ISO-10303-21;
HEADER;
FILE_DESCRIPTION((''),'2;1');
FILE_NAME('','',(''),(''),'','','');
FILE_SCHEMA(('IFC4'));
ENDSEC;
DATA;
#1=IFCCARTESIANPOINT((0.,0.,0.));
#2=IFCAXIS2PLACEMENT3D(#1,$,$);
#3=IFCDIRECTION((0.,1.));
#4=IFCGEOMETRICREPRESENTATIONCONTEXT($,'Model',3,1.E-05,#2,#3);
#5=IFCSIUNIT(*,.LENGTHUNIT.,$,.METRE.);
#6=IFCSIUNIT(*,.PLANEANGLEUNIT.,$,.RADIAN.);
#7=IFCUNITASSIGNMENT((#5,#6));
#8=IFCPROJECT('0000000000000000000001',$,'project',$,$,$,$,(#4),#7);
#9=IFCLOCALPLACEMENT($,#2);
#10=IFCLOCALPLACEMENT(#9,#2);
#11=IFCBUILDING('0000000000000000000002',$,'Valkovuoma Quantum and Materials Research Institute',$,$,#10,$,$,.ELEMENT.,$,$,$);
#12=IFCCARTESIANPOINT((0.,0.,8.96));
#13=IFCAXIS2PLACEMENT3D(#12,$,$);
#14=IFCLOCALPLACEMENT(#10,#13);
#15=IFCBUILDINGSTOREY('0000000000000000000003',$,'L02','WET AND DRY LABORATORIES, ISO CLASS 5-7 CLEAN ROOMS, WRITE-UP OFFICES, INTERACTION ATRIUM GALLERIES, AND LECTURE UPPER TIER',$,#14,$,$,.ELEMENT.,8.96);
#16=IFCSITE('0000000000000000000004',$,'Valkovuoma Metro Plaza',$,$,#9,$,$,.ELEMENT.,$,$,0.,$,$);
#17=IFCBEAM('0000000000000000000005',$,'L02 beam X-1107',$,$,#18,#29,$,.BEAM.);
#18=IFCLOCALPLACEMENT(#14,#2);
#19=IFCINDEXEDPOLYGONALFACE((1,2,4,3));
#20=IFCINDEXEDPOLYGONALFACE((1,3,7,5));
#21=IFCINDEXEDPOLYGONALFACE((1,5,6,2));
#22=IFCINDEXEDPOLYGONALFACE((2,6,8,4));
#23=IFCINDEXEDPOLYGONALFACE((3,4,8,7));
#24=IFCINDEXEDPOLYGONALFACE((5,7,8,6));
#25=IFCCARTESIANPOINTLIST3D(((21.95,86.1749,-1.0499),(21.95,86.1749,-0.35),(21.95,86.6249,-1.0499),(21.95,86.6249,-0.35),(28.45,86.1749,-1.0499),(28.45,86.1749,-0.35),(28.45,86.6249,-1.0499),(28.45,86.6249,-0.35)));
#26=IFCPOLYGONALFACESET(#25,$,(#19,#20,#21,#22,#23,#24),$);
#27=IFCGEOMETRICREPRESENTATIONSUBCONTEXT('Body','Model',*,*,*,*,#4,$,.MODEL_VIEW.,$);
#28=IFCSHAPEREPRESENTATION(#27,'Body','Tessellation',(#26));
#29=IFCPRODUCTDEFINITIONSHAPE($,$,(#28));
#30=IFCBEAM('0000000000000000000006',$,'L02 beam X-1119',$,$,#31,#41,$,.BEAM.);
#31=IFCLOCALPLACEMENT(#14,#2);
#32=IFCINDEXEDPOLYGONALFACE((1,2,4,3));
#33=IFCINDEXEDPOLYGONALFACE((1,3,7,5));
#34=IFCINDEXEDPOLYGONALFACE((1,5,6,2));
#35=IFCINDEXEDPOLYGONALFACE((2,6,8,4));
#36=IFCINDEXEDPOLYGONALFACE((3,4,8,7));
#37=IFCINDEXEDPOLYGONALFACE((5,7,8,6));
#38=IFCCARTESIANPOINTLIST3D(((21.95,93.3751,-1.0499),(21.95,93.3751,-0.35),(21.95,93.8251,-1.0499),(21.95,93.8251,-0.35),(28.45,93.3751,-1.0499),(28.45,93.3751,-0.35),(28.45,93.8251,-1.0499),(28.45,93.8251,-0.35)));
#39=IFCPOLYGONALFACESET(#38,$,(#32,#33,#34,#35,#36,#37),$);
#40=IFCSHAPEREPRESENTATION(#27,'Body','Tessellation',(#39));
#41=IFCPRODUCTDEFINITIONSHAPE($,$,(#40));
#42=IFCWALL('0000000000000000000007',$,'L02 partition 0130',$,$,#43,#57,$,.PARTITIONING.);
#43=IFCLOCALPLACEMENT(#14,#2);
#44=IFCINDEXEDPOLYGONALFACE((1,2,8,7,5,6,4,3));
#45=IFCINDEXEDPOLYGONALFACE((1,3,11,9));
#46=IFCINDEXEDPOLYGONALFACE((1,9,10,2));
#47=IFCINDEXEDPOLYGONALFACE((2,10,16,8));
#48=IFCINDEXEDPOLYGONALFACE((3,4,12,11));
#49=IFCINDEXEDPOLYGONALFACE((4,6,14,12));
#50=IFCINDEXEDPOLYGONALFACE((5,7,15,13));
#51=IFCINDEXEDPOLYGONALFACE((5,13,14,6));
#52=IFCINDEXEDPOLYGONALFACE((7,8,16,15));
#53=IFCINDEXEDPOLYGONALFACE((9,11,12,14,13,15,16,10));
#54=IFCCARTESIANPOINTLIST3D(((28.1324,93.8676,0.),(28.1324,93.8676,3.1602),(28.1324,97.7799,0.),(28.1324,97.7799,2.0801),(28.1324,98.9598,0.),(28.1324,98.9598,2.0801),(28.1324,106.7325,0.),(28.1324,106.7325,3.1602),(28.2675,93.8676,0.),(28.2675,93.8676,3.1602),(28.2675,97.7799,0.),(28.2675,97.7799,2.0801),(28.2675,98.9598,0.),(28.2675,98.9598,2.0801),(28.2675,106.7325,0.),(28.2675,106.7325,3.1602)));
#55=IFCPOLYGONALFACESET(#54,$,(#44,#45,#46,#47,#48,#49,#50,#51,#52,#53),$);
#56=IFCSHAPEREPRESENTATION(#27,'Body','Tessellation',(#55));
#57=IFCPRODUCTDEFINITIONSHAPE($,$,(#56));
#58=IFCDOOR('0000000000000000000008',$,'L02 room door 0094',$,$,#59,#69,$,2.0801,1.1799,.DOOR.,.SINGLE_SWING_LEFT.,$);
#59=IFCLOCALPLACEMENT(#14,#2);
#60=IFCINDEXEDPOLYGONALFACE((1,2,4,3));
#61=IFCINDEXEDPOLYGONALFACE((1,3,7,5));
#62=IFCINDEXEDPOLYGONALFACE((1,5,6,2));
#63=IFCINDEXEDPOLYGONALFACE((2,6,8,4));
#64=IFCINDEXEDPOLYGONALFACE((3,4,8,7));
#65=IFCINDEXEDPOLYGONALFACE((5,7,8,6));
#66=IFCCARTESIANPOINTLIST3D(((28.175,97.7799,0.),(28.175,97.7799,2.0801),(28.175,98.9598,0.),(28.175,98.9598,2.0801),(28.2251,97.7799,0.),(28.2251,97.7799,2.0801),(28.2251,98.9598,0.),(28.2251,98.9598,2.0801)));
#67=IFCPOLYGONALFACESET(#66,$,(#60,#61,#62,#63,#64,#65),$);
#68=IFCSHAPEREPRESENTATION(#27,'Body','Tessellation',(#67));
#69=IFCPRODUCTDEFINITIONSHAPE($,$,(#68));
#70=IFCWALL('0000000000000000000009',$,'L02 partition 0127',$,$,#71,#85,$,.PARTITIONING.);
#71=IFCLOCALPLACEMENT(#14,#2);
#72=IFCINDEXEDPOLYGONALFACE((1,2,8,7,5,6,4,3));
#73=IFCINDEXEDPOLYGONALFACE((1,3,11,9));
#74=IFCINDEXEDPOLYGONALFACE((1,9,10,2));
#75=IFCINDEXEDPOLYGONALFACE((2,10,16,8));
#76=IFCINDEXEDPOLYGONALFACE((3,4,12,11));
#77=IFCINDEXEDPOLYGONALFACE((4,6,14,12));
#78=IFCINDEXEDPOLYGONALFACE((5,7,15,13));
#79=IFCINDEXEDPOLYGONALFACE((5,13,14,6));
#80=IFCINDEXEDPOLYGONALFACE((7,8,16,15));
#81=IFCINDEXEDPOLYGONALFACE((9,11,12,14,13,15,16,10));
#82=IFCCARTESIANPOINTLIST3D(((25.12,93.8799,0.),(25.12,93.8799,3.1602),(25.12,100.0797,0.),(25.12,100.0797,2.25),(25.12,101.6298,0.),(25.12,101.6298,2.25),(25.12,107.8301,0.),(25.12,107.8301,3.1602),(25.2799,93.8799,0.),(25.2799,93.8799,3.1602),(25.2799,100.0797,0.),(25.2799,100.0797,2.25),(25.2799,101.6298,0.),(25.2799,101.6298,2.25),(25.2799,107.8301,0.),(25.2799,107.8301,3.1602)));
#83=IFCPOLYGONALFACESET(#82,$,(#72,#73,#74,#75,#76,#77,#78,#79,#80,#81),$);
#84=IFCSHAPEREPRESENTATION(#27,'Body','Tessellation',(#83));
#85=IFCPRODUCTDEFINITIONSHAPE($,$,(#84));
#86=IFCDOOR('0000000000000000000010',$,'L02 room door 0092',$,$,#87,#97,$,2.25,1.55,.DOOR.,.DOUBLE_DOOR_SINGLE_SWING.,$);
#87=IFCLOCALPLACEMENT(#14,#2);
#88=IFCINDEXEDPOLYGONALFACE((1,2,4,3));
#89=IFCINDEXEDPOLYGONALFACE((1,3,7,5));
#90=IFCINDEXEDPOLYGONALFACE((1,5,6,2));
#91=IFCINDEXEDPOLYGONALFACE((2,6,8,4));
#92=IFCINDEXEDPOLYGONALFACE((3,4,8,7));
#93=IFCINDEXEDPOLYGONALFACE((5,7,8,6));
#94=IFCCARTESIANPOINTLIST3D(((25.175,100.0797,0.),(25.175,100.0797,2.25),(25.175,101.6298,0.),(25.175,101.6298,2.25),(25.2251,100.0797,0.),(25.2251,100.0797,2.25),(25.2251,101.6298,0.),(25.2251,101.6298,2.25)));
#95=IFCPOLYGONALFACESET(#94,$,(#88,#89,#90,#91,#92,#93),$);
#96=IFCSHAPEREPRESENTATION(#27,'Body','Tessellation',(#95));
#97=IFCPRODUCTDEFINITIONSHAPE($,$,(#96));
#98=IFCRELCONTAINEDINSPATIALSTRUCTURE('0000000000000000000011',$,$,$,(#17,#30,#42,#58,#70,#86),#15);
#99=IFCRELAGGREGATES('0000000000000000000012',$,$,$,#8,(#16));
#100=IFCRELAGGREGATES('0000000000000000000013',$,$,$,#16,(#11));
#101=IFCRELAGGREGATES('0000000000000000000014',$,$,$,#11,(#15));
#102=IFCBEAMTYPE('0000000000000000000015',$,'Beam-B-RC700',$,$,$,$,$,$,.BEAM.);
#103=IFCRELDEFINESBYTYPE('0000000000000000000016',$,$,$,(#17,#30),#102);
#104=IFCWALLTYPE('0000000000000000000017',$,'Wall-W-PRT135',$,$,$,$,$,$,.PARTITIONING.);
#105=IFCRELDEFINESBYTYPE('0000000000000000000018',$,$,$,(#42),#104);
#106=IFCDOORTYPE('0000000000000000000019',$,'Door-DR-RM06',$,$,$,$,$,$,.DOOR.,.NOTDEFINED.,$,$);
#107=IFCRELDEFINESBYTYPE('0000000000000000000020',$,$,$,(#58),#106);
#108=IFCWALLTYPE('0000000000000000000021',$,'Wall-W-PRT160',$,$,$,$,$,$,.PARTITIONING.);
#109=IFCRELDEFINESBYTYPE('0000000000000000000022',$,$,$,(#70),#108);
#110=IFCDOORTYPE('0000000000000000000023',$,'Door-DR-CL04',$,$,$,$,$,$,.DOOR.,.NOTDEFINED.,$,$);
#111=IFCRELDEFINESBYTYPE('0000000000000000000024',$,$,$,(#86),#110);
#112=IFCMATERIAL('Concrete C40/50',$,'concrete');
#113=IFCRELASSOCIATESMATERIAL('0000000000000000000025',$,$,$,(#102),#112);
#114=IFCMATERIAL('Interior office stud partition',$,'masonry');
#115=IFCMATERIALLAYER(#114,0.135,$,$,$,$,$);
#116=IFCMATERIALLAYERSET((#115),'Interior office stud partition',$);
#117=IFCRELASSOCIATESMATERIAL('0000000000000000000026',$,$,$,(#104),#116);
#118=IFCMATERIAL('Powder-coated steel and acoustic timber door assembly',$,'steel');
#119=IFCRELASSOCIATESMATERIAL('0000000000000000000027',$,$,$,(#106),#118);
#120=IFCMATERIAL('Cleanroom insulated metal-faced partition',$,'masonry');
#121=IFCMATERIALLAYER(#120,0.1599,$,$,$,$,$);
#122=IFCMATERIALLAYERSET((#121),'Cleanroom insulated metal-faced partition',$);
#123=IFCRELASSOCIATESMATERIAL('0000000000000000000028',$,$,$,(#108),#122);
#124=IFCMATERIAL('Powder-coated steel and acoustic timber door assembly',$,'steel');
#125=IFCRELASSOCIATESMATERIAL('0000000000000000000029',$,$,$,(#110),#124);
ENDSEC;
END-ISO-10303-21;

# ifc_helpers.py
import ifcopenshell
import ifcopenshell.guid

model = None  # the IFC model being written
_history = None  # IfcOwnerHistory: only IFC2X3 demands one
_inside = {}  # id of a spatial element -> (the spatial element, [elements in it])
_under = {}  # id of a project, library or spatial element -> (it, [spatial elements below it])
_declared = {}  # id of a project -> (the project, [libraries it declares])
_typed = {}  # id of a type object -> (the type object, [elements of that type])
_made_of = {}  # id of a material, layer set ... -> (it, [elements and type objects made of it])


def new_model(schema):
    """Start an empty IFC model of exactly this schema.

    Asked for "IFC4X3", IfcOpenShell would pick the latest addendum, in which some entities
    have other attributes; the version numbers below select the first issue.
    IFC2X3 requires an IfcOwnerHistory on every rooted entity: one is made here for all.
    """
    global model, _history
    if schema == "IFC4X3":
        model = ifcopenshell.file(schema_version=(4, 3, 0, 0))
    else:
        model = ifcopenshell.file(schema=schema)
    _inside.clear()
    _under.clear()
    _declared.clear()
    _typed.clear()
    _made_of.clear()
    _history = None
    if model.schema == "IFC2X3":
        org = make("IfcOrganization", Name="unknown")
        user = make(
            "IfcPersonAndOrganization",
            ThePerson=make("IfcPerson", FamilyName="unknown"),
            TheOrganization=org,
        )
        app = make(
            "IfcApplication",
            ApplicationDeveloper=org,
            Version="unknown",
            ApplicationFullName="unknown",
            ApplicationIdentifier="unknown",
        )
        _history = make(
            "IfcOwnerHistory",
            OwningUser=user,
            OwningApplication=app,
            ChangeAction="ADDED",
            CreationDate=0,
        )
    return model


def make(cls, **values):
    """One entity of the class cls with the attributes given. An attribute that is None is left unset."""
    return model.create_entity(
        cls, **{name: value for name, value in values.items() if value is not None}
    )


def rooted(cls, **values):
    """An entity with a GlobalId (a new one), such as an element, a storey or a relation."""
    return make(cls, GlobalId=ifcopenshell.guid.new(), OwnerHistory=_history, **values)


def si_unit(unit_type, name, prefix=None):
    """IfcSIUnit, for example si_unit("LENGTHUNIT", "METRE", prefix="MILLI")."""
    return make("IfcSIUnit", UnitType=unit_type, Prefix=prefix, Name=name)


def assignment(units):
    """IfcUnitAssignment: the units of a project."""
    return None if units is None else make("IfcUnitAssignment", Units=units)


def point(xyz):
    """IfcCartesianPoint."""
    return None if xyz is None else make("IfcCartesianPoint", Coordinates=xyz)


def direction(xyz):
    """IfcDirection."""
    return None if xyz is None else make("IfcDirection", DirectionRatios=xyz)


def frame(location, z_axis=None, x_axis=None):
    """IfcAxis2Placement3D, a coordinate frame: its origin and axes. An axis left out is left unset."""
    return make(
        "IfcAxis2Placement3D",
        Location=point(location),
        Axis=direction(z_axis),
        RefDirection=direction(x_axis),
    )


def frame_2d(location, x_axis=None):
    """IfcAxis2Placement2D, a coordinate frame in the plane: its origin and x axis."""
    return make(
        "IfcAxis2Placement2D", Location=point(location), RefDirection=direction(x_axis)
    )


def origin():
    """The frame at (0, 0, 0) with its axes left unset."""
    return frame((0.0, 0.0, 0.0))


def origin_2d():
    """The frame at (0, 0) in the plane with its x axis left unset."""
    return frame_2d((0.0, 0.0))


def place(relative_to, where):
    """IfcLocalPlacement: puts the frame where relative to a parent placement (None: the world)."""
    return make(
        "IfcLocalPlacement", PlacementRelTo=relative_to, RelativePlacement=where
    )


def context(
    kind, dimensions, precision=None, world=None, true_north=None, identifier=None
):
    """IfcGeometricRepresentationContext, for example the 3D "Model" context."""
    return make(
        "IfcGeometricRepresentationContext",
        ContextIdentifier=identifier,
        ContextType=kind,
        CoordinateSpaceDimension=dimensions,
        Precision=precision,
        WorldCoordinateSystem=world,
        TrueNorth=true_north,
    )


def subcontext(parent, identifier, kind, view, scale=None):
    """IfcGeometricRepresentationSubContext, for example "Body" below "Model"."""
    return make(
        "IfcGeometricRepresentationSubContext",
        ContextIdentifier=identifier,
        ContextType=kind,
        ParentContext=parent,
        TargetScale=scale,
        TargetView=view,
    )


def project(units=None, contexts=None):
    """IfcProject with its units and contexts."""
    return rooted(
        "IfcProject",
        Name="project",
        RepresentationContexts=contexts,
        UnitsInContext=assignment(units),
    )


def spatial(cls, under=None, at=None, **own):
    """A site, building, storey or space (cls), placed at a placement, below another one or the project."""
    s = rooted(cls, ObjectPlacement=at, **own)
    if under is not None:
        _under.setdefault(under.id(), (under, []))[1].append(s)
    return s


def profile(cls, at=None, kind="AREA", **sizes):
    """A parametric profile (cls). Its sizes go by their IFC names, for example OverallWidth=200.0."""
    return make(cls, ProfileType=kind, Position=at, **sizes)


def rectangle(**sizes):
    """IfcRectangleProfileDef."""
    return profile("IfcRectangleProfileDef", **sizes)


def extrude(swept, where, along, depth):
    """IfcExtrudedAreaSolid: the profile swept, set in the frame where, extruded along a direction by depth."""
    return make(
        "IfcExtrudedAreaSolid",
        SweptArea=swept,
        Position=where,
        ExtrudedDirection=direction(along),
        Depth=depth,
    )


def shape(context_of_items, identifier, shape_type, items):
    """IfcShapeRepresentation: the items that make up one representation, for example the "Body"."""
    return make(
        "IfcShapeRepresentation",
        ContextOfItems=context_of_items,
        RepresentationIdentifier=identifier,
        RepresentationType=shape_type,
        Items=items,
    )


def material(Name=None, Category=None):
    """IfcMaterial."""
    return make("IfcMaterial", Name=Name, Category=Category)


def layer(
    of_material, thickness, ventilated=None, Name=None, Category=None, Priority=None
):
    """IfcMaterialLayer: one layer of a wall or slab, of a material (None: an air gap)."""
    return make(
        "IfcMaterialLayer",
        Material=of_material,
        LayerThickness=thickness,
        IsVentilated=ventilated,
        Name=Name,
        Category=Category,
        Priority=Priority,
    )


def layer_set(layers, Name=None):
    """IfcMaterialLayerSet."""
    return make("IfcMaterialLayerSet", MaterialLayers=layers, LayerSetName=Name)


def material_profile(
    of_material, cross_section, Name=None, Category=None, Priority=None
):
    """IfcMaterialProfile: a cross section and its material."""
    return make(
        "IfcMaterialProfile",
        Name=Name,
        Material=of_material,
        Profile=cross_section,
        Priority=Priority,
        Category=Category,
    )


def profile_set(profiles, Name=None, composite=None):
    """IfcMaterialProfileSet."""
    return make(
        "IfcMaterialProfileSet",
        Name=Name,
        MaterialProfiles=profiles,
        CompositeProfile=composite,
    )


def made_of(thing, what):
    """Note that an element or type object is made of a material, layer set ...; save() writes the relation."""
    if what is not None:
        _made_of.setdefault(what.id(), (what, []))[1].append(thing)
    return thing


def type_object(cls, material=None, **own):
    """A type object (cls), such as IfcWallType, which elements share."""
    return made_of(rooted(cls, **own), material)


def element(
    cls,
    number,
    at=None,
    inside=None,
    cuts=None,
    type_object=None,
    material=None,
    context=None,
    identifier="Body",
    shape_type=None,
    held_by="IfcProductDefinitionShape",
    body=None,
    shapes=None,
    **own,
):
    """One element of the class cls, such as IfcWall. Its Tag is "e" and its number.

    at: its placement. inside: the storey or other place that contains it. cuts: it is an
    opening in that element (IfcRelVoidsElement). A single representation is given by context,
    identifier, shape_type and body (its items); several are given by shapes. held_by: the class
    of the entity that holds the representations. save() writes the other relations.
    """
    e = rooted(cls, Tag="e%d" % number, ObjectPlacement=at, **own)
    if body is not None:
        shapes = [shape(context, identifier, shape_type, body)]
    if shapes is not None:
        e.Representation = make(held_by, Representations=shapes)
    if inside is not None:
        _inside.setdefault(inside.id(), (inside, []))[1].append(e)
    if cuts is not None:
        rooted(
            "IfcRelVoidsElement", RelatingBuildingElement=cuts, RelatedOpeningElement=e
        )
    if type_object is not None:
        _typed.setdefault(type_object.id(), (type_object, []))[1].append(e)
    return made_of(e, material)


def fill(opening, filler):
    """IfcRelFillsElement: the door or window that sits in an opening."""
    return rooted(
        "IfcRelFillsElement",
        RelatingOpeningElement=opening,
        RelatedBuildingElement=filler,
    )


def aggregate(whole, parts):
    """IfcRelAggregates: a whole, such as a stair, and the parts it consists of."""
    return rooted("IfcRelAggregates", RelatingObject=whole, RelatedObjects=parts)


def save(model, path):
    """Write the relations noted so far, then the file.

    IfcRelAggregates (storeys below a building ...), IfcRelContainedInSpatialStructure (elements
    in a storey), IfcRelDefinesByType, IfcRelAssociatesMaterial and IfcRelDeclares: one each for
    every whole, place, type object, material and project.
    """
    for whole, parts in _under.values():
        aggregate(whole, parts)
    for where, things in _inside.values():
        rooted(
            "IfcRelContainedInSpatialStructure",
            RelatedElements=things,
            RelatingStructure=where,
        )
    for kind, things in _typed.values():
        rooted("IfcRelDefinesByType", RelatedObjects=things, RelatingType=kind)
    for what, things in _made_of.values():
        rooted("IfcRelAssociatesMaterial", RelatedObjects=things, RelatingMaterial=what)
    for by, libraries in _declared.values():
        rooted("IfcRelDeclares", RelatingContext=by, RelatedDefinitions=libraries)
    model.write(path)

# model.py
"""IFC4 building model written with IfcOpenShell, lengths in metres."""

from ifc_helpers import new_model, si_unit, direction, frame, frame_2d, origin, origin_2d, place, context, subcontext, project, spatial, rectangle, extrude, material, layer, layer_set, material_profile, profile_set, type_object, element, fill, save


model = new_model("IFC4")

# Units and contexts
model_context = context("Model", 3, precision=1e-05, world=origin(), true_north=direction((0.0, 1.0)))
body_context = subcontext(model_context, "Body", "Model", "MODEL_VIEW")
ifc_project = project(units=[si_unit("LENGTHUNIT", "METRE"), si_unit("PLANEANGLEUNIT", "RADIAN")], contexts=[model_context])

# Site, building, storey
site_placement = place(None, origin())
site = spatial("IfcSite", under=ifc_project, at=site_placement, Name="Valkovuoma Metro Plaza", CompositionType="ELEMENT", RefElevation=0.0)
building_placement = place(site_placement, origin())
building = spatial("IfcBuilding", under=site, at=building_placement, Name="Valkovuoma Quantum and Materials Research Institute", CompositionType="ELEMENT")
storey_placement = place(building_placement, frame((0.0, 0.0, 8.96)))
storey = spatial("IfcBuildingStorey", under=building, at=storey_placement, Name="L02", Description="WET AND DRY LABORATORIES, ISO CLASS 5-7 CLEAN ROOMS, WRITE-UP OFFICES, INTERACTION ATRIUM GALLERIES, AND LECTURE UPPER TIER", CompositionType="ELEMENT", Elevation=8.96)

# Beams
ifc_material_1 = material(Name="Concrete C40/50", Category="concrete")
ifc_material_profile_1 = material_profile(ifc_material_1, rectangle(XDim=0.45, YDim=0.7, at=origin_2d()), Name="Concrete C40/50")
ifc_profile_set_1 = profile_set([ifc_material_profile_1], Name="Concrete C40/50")
beam_type_1 = type_object("IfcBeamType", Name="Beam-B-RC700", PredefinedType="BEAM", material=ifc_profile_set_1)
for number, where, z_axis, x_axis, name in (
    (1, (21.95, 86.3999, -0.7), (1.0, 0.0, 0.0), (0.0, 1.0, 0.0), "L02 beam X-1107"),
    (2, (21.95, 93.6001, -0.7), (1.0, 0.0, 0.0), (0.0, 1.0, 0.0), "L02 beam X-1119"),
):
    element("IfcBeam", number, at=place(storey_placement, frame(where, z_axis=z_axis, x_axis=x_axis)), inside=storey, type_object=beam_type_1, Name=name, PredefinedType="BEAM", context=body_context, shape_type="SweptSolid", body=[
        extrude(rectangle(XDim=0.45, YDim=0.7, at=origin_2d()), origin(), (0.0, 0.0, 1.0), 6.5),
    ])

# Walls, openings, doors
ifc_material_2 = material(Name="Interior office stud partition", Category="masonry")
ifc_layer_1 = layer(ifc_material_2, 0.135)
ifc_layer_set_1 = layer_set([ifc_layer_1], Name="Interior office stud partition")
wall_type_1 = type_object("IfcWallType", Name="Wall-W-PRT135", PredefinedType="PARTITIONING", material=ifc_layer_set_1)
wall_1_placement = place(storey_placement, frame((28.2, 93.8674, 0.0), z_axis=(0.0, 0.0, 1.0), x_axis=(0.0, 1.0, 0.0)))
wall_1 = element("IfcWall", 3, at=wall_1_placement, inside=storey, type_object=wall_type_1, Name="L02 partition 0130", PredefinedType="PARTITIONING", context=body_context, shape_type="SweptSolid", body=[
    extrude(rectangle(XDim=12.865, YDim=0.135, at=frame_2d((6.4326, 0.0))), origin(), (0.0, 0.0, 1.0), 3.1602),
])
opening_1_placement = place(wall_1_placement, frame((3.9126, 0.0, 0.0)))
opening_1 = element("IfcOpeningElement", 4, at=opening_1_placement, cuts=wall_1, PredefinedType="OPENING", context=body_context, shape_type="SweptSolid", body=[
    extrude(rectangle(XDim=1.1799, YDim=2.0801, at=frame_2d((0.5898, 1.04))), frame((0.0, 0.0776, 0.0), z_axis=(0.0, -1.0, 0.0), x_axis=(1.0, 0.0, 0.0)), (0.0, 0.0, 1.0), 0.155),
])
ifc_material_3 = material(Name="Powder-coated steel and acoustic timber door assembly", Category="steel")
door_type_1 = type_object("IfcDoorType", Name="Door-DR-RM06", OperationType="NOTDEFINED", PredefinedType="DOOR", material=ifc_material_3)
door_1_placement = place(opening_1_placement, origin())
door_1 = element("IfcDoor", 5, at=door_1_placement, inside=storey, type_object=door_type_1, Name="L02 room door 0094", OperationType="SINGLE_SWING_LEFT", OverallHeight=2.0801, OverallWidth=1.1799, PredefinedType="DOOR", context=body_context, shape_type="SweptSolid", body=[
    extrude(rectangle(XDim=1.1799, YDim=2.0801, at=frame_2d((0.5898, 1.04))), frame((0.0, 0.0249, 0.0), z_axis=(0.0, -1.0, 0.0), x_axis=(1.0, 0.0, 0.0)), (0.0, 0.0, 1.0), 0.05),
])
fill(opening_1, door_1)
ifc_material_4 = material(Name="Cleanroom insulated metal-faced partition", Category="masonry")
ifc_layer_2 = layer(ifc_material_4, 0.1599)
ifc_layer_set_2 = layer_set([ifc_layer_2], Name="Cleanroom insulated metal-faced partition")
wall_type_2 = type_object("IfcWallType", Name="Wall-W-PRT160", PredefinedType="PARTITIONING", material=ifc_layer_set_2)
wall_2_placement = place(storey_placement, frame((25.2, 93.8799, 0.0), z_axis=(0.0, 0.0, 1.0), x_axis=(0.0, 1.0, 0.0)))
wall_2 = element("IfcWall", 6, at=wall_2_placement, inside=storey, type_object=wall_type_2, Name="L02 partition 0127", PredefinedType="PARTITIONING", context=body_context, shape_type="SweptSolid", body=[
    extrude(rectangle(XDim=13.9502, YDim=0.1599, at=frame_2d((6.9751, 0.0))), origin(), (0.0, 0.0, 1.0), 3.1602),
])
opening_2_placement = place(wall_2_placement, frame((6.2, 0.0, 0.0)))
opening_2 = element("IfcOpeningElement", 7, at=opening_2_placement, cuts=wall_2, PredefinedType="OPENING", context=body_context, shape_type="SweptSolid", body=[
    extrude(rectangle(XDim=1.55, YDim=2.25, at=frame_2d((0.7749, 1.125))), frame((0.0, 0.0898, 0.0), z_axis=(0.0, -1.0, 0.0), x_axis=(1.0, 0.0, 0.0)), (0.0, 0.0, 1.0), 0.1799),
])
ifc_material_5 = material(Name="Powder-coated steel and acoustic timber door assembly", Category="steel")
door_type_2 = type_object("IfcDoorType", Name="Door-DR-CL04", OperationType="NOTDEFINED", PredefinedType="DOOR", material=ifc_material_5)
door_2_placement = place(opening_2_placement, origin())
door_2 = element("IfcDoor", 8, at=door_2_placement, inside=storey, type_object=door_type_2, Name="L02 room door 0092", OperationType="DOUBLE_DOOR_SINGLE_SWING", OverallHeight=2.25, OverallWidth=1.55, PredefinedType="DOOR", context=body_context, shape_type="SweptSolid", body=[
    extrude(rectangle(XDim=1.55, YDim=2.25, at=frame_2d((0.7749, 1.125))), frame((0.0, 0.0249, 0.0), z_axis=(0.0, -1.0, 0.0), x_axis=(1.0, 0.0, 0.0)), (0.0, 0.0, 1.0), 0.05),
])
fill(opening_2, door_2)

save(model, "model.ifc")
